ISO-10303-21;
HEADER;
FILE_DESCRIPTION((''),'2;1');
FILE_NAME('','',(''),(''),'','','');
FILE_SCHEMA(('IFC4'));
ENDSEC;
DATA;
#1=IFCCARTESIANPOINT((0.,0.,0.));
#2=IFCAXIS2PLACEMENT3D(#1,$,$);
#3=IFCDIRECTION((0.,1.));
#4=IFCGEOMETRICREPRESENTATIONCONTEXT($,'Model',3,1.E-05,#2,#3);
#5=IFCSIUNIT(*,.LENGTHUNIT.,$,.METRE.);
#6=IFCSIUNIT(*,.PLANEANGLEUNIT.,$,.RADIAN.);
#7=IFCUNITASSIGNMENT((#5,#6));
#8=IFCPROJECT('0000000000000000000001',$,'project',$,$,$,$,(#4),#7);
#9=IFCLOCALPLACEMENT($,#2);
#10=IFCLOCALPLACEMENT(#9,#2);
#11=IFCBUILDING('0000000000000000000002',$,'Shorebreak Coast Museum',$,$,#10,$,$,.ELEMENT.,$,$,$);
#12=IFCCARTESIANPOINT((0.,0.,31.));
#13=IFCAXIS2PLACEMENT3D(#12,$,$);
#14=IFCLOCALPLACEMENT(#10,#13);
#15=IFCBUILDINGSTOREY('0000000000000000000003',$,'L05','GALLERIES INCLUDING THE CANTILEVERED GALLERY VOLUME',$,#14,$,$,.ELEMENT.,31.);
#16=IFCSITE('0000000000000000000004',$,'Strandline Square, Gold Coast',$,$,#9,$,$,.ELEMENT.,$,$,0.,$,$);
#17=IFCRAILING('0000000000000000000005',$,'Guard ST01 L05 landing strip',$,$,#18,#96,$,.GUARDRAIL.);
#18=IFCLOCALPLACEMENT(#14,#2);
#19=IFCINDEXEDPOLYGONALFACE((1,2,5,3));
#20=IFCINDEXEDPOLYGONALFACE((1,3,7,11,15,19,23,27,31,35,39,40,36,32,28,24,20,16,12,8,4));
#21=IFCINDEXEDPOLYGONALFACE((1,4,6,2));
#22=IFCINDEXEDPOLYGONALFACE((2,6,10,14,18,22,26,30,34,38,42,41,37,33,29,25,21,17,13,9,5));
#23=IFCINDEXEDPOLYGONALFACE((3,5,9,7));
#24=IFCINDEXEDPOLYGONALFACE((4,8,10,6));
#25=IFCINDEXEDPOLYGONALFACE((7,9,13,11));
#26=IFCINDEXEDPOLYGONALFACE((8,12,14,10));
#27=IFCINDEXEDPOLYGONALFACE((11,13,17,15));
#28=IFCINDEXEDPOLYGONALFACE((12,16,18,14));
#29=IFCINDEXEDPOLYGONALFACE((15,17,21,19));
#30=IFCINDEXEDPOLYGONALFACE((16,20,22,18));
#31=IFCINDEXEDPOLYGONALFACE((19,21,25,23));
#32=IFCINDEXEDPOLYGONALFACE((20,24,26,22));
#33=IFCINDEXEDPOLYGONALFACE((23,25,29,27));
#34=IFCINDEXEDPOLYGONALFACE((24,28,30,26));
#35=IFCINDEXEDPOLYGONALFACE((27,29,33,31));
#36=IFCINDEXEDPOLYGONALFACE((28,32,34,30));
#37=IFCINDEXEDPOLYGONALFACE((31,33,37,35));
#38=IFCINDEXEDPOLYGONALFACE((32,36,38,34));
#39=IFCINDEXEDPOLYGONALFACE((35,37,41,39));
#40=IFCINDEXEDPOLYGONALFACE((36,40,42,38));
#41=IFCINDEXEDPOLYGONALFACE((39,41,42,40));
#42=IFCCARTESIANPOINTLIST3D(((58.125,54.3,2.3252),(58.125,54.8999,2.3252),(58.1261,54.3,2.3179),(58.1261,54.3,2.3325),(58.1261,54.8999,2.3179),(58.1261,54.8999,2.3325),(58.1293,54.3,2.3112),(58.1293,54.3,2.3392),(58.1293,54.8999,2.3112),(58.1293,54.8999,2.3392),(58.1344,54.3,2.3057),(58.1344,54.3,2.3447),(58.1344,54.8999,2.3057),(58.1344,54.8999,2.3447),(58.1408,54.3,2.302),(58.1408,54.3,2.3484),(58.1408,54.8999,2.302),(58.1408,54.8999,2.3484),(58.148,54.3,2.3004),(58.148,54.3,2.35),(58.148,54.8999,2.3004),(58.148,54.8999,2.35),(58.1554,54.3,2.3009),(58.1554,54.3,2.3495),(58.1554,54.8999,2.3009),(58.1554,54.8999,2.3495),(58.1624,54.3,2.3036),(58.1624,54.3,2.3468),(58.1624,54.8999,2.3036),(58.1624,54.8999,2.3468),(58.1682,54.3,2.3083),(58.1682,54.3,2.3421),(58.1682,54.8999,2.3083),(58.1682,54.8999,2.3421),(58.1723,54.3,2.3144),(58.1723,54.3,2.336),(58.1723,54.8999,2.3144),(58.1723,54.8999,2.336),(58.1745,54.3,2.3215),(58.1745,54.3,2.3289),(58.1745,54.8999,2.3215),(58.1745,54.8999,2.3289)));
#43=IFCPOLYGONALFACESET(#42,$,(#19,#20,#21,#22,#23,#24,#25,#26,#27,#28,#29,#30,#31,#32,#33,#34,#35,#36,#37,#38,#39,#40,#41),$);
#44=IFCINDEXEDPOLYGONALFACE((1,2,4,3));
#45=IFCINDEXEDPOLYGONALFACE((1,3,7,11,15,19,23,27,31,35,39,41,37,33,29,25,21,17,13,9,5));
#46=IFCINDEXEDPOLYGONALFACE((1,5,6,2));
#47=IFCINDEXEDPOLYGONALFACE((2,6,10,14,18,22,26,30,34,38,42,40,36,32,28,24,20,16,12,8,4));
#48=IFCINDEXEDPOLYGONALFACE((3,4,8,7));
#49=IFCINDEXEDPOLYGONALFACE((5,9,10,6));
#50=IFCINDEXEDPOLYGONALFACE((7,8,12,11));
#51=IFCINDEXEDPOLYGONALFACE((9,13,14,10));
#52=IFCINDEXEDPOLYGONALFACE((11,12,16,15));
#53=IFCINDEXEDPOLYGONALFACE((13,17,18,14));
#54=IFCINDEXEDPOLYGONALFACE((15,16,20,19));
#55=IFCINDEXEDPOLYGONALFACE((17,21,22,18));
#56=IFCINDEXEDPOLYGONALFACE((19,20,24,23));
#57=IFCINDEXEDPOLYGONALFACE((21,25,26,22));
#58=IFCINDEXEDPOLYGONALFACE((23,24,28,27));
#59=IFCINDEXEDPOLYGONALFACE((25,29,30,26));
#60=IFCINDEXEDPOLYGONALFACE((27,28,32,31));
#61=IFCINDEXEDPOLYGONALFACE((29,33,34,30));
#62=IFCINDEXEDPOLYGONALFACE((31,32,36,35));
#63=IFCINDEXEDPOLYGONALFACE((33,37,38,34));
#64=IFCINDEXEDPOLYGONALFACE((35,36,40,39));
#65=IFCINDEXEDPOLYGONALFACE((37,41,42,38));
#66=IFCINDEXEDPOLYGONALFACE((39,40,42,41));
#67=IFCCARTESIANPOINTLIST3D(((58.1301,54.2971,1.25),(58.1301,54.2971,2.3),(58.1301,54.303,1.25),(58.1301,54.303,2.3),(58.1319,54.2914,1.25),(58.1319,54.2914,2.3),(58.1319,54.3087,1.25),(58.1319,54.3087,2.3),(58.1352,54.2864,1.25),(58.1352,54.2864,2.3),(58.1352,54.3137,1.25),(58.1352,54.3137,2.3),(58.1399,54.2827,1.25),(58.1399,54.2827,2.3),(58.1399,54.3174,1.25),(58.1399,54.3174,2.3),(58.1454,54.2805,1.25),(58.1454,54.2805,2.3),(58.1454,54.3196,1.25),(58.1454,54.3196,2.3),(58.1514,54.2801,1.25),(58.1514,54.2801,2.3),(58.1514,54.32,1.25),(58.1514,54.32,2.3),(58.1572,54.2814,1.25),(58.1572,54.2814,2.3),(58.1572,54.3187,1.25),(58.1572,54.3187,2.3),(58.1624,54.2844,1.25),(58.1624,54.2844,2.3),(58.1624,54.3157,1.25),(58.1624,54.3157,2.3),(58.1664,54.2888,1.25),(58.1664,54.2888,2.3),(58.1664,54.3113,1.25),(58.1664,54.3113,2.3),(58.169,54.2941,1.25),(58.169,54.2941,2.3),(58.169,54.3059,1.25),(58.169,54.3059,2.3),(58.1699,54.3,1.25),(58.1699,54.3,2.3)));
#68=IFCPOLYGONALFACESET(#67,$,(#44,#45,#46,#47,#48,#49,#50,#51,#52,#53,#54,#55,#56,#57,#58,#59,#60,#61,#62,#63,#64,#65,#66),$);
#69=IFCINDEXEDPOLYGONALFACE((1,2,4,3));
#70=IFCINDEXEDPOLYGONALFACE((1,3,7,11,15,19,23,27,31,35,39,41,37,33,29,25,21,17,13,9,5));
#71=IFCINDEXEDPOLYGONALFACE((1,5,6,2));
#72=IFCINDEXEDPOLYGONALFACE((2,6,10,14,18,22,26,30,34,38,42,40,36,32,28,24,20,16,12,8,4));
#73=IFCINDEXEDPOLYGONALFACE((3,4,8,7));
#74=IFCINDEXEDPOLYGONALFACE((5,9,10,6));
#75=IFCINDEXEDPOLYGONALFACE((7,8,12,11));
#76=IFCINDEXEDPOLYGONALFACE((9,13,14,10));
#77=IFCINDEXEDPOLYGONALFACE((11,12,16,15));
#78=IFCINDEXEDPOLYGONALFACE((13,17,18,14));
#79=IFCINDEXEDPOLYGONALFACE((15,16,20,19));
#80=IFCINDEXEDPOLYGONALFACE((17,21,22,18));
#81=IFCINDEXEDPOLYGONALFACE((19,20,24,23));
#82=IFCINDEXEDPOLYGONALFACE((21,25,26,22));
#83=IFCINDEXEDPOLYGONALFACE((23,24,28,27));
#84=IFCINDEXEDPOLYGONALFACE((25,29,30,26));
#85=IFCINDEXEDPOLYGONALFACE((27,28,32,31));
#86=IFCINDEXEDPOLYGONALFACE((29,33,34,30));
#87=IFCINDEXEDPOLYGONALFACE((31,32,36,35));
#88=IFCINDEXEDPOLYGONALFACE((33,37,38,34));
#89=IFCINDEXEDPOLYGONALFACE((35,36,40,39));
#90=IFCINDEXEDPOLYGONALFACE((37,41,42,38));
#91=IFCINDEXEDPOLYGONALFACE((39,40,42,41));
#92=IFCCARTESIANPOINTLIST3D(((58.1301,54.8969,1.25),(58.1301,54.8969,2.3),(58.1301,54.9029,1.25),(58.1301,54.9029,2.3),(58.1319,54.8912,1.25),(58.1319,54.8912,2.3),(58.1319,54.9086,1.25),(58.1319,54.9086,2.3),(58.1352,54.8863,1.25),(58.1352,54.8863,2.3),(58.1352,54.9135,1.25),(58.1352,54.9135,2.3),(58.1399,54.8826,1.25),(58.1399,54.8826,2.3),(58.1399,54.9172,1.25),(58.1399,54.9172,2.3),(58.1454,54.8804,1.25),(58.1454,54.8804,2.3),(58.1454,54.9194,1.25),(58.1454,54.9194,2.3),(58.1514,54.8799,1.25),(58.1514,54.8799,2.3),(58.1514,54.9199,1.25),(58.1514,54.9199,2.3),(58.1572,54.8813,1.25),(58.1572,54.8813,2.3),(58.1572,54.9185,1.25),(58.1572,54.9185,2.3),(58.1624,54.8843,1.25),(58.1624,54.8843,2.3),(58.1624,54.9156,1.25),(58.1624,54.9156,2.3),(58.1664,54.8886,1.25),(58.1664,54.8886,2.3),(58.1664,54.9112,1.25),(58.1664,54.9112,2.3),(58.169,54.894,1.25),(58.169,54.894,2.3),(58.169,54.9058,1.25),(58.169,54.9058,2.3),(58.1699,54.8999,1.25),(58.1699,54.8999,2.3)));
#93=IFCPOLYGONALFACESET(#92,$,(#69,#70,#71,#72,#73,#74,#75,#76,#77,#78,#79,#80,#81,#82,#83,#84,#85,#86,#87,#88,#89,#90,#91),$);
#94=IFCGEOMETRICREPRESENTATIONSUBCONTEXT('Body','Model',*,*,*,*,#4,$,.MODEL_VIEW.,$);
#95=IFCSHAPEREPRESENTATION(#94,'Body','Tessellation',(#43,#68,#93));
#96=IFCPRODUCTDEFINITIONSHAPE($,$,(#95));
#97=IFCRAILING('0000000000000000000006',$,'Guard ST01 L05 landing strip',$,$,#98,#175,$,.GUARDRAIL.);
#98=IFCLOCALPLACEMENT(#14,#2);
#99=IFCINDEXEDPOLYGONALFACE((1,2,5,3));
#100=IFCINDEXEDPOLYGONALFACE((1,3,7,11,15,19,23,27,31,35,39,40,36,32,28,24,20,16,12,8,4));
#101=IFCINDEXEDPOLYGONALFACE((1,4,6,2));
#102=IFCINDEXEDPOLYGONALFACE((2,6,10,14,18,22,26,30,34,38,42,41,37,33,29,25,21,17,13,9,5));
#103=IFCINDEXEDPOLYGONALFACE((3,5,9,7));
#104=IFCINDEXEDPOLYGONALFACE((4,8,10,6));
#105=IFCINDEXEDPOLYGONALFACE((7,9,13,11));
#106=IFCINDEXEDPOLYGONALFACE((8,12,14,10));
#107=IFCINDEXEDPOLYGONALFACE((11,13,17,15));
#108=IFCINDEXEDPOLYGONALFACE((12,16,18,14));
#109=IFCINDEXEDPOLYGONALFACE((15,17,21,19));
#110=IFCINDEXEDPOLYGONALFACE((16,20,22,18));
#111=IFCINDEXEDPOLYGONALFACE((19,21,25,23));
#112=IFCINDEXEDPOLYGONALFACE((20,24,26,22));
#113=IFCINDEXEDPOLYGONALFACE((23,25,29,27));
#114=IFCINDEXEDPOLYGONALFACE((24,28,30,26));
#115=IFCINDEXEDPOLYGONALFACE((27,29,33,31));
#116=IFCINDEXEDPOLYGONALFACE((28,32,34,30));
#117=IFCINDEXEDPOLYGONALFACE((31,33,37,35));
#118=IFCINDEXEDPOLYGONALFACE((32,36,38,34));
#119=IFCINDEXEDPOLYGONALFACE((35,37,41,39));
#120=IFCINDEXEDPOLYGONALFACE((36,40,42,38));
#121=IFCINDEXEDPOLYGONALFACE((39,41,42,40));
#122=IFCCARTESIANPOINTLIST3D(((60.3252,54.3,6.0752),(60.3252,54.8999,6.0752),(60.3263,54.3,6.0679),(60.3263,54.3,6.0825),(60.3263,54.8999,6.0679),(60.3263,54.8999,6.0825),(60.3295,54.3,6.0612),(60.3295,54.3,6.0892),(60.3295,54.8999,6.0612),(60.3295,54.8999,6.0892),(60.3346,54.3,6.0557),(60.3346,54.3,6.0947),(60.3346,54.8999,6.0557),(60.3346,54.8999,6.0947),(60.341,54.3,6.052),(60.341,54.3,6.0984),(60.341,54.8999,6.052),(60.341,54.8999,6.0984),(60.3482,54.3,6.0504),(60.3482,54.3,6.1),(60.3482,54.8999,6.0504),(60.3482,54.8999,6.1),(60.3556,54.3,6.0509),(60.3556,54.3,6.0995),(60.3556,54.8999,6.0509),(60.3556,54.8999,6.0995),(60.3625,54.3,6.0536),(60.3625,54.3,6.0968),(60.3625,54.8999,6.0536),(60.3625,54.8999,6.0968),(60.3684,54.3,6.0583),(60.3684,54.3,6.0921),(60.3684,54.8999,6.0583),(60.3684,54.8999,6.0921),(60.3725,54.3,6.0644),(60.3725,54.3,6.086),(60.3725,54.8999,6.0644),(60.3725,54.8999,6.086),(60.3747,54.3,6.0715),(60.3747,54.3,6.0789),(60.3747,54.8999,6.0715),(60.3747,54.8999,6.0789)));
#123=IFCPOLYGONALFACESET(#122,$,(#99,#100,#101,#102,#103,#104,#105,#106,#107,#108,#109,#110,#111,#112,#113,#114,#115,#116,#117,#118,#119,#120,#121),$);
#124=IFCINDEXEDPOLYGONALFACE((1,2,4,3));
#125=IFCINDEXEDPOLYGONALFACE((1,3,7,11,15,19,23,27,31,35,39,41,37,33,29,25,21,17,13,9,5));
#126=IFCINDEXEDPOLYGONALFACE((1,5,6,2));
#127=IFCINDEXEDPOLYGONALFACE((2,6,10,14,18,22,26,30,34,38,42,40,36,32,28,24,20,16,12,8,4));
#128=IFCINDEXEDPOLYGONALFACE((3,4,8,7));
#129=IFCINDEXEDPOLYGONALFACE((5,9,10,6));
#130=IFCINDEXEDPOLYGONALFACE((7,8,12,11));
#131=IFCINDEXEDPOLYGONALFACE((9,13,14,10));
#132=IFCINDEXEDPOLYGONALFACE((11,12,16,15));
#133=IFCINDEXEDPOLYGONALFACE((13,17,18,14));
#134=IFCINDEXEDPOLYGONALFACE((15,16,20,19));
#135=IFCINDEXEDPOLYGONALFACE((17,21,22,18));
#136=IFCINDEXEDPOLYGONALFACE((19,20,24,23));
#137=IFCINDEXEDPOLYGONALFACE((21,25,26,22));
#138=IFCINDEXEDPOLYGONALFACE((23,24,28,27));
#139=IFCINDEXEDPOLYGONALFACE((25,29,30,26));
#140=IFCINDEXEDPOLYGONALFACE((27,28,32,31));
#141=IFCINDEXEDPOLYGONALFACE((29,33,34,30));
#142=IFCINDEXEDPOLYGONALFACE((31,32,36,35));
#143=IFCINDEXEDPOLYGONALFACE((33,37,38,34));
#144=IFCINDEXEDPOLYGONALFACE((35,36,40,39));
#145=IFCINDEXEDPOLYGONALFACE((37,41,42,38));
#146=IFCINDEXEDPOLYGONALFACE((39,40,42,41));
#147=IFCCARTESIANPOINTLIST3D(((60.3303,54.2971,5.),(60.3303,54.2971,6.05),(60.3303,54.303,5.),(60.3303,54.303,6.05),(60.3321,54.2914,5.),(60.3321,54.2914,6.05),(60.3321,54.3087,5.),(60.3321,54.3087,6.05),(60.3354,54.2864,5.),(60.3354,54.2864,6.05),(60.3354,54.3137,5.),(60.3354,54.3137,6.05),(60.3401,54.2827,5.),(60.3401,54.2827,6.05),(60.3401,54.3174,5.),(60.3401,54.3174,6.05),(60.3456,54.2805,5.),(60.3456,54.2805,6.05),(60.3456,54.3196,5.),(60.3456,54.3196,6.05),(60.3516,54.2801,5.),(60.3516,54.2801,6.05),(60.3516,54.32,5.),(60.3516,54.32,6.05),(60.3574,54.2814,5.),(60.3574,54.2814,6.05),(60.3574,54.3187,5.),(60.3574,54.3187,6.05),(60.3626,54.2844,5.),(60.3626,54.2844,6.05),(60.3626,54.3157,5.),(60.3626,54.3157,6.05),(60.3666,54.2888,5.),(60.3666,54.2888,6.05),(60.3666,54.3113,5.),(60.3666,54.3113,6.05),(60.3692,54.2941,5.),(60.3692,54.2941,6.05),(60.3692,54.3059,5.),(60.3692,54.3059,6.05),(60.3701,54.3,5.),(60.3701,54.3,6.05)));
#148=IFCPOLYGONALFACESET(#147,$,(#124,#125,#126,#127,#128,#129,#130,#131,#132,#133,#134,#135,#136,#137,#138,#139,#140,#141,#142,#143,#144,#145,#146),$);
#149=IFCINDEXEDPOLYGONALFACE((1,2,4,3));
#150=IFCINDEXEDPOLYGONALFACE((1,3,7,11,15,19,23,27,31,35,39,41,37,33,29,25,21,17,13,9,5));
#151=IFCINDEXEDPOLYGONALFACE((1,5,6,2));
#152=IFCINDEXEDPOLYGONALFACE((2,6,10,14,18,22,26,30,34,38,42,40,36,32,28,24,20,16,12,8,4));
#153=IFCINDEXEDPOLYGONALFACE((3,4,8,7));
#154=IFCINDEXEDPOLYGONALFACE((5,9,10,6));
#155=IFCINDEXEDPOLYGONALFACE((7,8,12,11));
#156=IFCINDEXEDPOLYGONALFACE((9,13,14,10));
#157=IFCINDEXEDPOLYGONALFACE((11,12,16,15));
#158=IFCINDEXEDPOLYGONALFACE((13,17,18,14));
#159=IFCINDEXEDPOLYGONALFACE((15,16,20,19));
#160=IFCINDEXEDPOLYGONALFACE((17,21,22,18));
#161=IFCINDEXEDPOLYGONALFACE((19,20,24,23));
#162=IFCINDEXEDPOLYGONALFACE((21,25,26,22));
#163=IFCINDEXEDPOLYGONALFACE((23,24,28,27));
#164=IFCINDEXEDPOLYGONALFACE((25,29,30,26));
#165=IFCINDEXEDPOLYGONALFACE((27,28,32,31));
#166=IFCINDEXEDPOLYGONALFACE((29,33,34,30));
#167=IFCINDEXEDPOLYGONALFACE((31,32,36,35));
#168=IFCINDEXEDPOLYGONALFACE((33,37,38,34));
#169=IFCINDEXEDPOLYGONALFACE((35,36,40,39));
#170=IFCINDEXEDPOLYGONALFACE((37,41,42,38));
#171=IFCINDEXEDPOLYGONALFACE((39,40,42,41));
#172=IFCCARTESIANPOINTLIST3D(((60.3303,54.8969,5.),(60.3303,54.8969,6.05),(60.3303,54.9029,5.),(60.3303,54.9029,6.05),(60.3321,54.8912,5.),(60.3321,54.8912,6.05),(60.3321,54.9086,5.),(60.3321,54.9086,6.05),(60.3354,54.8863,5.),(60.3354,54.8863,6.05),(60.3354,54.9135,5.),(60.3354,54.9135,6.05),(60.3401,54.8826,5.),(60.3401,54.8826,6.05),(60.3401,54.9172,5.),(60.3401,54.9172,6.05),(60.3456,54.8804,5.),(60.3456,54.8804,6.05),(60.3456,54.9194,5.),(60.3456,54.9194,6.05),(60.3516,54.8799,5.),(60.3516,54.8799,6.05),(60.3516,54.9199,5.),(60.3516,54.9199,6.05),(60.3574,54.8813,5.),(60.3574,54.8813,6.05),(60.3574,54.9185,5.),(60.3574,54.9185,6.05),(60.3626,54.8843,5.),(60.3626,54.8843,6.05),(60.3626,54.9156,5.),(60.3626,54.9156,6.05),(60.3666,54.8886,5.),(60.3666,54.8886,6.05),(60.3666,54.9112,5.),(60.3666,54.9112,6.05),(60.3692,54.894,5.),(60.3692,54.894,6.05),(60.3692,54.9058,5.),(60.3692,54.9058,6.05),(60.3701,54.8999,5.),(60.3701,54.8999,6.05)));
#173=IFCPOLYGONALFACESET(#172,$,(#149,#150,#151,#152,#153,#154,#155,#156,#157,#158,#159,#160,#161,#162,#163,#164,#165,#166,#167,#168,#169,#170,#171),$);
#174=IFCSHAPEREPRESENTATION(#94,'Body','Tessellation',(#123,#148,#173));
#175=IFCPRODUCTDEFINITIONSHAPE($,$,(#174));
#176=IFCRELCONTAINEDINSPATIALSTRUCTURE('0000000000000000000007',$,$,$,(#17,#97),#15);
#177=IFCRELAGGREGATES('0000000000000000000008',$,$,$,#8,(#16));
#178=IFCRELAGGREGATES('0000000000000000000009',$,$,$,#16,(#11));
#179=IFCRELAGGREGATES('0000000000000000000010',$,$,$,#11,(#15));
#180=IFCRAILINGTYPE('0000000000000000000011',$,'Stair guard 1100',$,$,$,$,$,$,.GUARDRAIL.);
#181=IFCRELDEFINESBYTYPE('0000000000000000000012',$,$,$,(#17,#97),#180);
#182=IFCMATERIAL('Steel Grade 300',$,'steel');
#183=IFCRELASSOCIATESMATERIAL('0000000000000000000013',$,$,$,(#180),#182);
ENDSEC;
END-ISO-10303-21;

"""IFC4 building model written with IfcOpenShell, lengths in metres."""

from ifc_helpers import new_model, si_unit, direction, frame, origin, origin_2d, place, context, subcontext, project, spatial, circle, extrude, material, type_object, element, save


model = new_model("IFC4")

# Units and contexts
model_context = context("Model", 3, precision=1e-05, world=origin(), true_north=direction((0.0, 1.0)))
body_context = subcontext(model_context, "Body", "Model", "MODEL_VIEW")
ifc_project = project(units=[si_unit("LENGTHUNIT", "METRE"), si_unit("PLANEANGLEUNIT", "RADIAN")], contexts=[model_context])

# Site, building, storey
site_placement = place(None, origin())
site = spatial("IfcSite", under=ifc_project, at=site_placement, Name="Strandline Square, Gold Coast", CompositionType="ELEMENT", RefElevation=0.0)
building_placement = place(site_placement, origin())
building = spatial("IfcBuilding", under=site, at=building_placement, Name="Shorebreak Coast Museum", CompositionType="ELEMENT")
storey_placement = place(building_placement, frame((0.0, 0.0, 31.0)))
storey = spatial("IfcBuildingStorey", under=building, at=storey_placement, Name="L05", Description="GALLERIES INCLUDING THE CANTILEVERED GALLERY VOLUME", CompositionType="ELEMENT", Elevation=31.0)

# Railings
ifc_material_1 = material(Name="Steel Grade 300", Category="steel")
railing_type = type_object("IfcRailingType", Name="Stair guard 1100", PredefinedType="GUARDRAIL", material=ifc_material_1)
for number, where, name in (
    (1, (58.1499, 54.3, 1.25), "Guard ST01 L05 landing strip"),
    (2, (60.3501, 54.3, 5.0), "Guard ST01 L05 landing strip"),
):
    element("IfcRailing", number, at=place(storey_placement, frame(where)), inside=storey, type_object=railing_type, Name=name, PredefinedType="GUARDRAIL", context=body_context, shape_type="SweptSolid", body=[
        extrude(circle(Radius=0.0249, at=origin_2d()), frame((0.0, 0.0, 1.0752), z_axis=(0.0, 1.0, 0.0), x_axis=(-1.0, 0.0, 0.0)), (0.0, 0.0, 1.0), 0.5999),
        extrude(circle(Radius=0.02, at=origin_2d()), origin(), (0.0, 0.0, 1.0), 1.05),
        extrude(circle(Radius=0.02, at=origin_2d()), frame((0.0, 0.5999, 0.0)), (0.0, 0.0, 1.0), 1.05),
    ])

save(model, "model.ifc")
